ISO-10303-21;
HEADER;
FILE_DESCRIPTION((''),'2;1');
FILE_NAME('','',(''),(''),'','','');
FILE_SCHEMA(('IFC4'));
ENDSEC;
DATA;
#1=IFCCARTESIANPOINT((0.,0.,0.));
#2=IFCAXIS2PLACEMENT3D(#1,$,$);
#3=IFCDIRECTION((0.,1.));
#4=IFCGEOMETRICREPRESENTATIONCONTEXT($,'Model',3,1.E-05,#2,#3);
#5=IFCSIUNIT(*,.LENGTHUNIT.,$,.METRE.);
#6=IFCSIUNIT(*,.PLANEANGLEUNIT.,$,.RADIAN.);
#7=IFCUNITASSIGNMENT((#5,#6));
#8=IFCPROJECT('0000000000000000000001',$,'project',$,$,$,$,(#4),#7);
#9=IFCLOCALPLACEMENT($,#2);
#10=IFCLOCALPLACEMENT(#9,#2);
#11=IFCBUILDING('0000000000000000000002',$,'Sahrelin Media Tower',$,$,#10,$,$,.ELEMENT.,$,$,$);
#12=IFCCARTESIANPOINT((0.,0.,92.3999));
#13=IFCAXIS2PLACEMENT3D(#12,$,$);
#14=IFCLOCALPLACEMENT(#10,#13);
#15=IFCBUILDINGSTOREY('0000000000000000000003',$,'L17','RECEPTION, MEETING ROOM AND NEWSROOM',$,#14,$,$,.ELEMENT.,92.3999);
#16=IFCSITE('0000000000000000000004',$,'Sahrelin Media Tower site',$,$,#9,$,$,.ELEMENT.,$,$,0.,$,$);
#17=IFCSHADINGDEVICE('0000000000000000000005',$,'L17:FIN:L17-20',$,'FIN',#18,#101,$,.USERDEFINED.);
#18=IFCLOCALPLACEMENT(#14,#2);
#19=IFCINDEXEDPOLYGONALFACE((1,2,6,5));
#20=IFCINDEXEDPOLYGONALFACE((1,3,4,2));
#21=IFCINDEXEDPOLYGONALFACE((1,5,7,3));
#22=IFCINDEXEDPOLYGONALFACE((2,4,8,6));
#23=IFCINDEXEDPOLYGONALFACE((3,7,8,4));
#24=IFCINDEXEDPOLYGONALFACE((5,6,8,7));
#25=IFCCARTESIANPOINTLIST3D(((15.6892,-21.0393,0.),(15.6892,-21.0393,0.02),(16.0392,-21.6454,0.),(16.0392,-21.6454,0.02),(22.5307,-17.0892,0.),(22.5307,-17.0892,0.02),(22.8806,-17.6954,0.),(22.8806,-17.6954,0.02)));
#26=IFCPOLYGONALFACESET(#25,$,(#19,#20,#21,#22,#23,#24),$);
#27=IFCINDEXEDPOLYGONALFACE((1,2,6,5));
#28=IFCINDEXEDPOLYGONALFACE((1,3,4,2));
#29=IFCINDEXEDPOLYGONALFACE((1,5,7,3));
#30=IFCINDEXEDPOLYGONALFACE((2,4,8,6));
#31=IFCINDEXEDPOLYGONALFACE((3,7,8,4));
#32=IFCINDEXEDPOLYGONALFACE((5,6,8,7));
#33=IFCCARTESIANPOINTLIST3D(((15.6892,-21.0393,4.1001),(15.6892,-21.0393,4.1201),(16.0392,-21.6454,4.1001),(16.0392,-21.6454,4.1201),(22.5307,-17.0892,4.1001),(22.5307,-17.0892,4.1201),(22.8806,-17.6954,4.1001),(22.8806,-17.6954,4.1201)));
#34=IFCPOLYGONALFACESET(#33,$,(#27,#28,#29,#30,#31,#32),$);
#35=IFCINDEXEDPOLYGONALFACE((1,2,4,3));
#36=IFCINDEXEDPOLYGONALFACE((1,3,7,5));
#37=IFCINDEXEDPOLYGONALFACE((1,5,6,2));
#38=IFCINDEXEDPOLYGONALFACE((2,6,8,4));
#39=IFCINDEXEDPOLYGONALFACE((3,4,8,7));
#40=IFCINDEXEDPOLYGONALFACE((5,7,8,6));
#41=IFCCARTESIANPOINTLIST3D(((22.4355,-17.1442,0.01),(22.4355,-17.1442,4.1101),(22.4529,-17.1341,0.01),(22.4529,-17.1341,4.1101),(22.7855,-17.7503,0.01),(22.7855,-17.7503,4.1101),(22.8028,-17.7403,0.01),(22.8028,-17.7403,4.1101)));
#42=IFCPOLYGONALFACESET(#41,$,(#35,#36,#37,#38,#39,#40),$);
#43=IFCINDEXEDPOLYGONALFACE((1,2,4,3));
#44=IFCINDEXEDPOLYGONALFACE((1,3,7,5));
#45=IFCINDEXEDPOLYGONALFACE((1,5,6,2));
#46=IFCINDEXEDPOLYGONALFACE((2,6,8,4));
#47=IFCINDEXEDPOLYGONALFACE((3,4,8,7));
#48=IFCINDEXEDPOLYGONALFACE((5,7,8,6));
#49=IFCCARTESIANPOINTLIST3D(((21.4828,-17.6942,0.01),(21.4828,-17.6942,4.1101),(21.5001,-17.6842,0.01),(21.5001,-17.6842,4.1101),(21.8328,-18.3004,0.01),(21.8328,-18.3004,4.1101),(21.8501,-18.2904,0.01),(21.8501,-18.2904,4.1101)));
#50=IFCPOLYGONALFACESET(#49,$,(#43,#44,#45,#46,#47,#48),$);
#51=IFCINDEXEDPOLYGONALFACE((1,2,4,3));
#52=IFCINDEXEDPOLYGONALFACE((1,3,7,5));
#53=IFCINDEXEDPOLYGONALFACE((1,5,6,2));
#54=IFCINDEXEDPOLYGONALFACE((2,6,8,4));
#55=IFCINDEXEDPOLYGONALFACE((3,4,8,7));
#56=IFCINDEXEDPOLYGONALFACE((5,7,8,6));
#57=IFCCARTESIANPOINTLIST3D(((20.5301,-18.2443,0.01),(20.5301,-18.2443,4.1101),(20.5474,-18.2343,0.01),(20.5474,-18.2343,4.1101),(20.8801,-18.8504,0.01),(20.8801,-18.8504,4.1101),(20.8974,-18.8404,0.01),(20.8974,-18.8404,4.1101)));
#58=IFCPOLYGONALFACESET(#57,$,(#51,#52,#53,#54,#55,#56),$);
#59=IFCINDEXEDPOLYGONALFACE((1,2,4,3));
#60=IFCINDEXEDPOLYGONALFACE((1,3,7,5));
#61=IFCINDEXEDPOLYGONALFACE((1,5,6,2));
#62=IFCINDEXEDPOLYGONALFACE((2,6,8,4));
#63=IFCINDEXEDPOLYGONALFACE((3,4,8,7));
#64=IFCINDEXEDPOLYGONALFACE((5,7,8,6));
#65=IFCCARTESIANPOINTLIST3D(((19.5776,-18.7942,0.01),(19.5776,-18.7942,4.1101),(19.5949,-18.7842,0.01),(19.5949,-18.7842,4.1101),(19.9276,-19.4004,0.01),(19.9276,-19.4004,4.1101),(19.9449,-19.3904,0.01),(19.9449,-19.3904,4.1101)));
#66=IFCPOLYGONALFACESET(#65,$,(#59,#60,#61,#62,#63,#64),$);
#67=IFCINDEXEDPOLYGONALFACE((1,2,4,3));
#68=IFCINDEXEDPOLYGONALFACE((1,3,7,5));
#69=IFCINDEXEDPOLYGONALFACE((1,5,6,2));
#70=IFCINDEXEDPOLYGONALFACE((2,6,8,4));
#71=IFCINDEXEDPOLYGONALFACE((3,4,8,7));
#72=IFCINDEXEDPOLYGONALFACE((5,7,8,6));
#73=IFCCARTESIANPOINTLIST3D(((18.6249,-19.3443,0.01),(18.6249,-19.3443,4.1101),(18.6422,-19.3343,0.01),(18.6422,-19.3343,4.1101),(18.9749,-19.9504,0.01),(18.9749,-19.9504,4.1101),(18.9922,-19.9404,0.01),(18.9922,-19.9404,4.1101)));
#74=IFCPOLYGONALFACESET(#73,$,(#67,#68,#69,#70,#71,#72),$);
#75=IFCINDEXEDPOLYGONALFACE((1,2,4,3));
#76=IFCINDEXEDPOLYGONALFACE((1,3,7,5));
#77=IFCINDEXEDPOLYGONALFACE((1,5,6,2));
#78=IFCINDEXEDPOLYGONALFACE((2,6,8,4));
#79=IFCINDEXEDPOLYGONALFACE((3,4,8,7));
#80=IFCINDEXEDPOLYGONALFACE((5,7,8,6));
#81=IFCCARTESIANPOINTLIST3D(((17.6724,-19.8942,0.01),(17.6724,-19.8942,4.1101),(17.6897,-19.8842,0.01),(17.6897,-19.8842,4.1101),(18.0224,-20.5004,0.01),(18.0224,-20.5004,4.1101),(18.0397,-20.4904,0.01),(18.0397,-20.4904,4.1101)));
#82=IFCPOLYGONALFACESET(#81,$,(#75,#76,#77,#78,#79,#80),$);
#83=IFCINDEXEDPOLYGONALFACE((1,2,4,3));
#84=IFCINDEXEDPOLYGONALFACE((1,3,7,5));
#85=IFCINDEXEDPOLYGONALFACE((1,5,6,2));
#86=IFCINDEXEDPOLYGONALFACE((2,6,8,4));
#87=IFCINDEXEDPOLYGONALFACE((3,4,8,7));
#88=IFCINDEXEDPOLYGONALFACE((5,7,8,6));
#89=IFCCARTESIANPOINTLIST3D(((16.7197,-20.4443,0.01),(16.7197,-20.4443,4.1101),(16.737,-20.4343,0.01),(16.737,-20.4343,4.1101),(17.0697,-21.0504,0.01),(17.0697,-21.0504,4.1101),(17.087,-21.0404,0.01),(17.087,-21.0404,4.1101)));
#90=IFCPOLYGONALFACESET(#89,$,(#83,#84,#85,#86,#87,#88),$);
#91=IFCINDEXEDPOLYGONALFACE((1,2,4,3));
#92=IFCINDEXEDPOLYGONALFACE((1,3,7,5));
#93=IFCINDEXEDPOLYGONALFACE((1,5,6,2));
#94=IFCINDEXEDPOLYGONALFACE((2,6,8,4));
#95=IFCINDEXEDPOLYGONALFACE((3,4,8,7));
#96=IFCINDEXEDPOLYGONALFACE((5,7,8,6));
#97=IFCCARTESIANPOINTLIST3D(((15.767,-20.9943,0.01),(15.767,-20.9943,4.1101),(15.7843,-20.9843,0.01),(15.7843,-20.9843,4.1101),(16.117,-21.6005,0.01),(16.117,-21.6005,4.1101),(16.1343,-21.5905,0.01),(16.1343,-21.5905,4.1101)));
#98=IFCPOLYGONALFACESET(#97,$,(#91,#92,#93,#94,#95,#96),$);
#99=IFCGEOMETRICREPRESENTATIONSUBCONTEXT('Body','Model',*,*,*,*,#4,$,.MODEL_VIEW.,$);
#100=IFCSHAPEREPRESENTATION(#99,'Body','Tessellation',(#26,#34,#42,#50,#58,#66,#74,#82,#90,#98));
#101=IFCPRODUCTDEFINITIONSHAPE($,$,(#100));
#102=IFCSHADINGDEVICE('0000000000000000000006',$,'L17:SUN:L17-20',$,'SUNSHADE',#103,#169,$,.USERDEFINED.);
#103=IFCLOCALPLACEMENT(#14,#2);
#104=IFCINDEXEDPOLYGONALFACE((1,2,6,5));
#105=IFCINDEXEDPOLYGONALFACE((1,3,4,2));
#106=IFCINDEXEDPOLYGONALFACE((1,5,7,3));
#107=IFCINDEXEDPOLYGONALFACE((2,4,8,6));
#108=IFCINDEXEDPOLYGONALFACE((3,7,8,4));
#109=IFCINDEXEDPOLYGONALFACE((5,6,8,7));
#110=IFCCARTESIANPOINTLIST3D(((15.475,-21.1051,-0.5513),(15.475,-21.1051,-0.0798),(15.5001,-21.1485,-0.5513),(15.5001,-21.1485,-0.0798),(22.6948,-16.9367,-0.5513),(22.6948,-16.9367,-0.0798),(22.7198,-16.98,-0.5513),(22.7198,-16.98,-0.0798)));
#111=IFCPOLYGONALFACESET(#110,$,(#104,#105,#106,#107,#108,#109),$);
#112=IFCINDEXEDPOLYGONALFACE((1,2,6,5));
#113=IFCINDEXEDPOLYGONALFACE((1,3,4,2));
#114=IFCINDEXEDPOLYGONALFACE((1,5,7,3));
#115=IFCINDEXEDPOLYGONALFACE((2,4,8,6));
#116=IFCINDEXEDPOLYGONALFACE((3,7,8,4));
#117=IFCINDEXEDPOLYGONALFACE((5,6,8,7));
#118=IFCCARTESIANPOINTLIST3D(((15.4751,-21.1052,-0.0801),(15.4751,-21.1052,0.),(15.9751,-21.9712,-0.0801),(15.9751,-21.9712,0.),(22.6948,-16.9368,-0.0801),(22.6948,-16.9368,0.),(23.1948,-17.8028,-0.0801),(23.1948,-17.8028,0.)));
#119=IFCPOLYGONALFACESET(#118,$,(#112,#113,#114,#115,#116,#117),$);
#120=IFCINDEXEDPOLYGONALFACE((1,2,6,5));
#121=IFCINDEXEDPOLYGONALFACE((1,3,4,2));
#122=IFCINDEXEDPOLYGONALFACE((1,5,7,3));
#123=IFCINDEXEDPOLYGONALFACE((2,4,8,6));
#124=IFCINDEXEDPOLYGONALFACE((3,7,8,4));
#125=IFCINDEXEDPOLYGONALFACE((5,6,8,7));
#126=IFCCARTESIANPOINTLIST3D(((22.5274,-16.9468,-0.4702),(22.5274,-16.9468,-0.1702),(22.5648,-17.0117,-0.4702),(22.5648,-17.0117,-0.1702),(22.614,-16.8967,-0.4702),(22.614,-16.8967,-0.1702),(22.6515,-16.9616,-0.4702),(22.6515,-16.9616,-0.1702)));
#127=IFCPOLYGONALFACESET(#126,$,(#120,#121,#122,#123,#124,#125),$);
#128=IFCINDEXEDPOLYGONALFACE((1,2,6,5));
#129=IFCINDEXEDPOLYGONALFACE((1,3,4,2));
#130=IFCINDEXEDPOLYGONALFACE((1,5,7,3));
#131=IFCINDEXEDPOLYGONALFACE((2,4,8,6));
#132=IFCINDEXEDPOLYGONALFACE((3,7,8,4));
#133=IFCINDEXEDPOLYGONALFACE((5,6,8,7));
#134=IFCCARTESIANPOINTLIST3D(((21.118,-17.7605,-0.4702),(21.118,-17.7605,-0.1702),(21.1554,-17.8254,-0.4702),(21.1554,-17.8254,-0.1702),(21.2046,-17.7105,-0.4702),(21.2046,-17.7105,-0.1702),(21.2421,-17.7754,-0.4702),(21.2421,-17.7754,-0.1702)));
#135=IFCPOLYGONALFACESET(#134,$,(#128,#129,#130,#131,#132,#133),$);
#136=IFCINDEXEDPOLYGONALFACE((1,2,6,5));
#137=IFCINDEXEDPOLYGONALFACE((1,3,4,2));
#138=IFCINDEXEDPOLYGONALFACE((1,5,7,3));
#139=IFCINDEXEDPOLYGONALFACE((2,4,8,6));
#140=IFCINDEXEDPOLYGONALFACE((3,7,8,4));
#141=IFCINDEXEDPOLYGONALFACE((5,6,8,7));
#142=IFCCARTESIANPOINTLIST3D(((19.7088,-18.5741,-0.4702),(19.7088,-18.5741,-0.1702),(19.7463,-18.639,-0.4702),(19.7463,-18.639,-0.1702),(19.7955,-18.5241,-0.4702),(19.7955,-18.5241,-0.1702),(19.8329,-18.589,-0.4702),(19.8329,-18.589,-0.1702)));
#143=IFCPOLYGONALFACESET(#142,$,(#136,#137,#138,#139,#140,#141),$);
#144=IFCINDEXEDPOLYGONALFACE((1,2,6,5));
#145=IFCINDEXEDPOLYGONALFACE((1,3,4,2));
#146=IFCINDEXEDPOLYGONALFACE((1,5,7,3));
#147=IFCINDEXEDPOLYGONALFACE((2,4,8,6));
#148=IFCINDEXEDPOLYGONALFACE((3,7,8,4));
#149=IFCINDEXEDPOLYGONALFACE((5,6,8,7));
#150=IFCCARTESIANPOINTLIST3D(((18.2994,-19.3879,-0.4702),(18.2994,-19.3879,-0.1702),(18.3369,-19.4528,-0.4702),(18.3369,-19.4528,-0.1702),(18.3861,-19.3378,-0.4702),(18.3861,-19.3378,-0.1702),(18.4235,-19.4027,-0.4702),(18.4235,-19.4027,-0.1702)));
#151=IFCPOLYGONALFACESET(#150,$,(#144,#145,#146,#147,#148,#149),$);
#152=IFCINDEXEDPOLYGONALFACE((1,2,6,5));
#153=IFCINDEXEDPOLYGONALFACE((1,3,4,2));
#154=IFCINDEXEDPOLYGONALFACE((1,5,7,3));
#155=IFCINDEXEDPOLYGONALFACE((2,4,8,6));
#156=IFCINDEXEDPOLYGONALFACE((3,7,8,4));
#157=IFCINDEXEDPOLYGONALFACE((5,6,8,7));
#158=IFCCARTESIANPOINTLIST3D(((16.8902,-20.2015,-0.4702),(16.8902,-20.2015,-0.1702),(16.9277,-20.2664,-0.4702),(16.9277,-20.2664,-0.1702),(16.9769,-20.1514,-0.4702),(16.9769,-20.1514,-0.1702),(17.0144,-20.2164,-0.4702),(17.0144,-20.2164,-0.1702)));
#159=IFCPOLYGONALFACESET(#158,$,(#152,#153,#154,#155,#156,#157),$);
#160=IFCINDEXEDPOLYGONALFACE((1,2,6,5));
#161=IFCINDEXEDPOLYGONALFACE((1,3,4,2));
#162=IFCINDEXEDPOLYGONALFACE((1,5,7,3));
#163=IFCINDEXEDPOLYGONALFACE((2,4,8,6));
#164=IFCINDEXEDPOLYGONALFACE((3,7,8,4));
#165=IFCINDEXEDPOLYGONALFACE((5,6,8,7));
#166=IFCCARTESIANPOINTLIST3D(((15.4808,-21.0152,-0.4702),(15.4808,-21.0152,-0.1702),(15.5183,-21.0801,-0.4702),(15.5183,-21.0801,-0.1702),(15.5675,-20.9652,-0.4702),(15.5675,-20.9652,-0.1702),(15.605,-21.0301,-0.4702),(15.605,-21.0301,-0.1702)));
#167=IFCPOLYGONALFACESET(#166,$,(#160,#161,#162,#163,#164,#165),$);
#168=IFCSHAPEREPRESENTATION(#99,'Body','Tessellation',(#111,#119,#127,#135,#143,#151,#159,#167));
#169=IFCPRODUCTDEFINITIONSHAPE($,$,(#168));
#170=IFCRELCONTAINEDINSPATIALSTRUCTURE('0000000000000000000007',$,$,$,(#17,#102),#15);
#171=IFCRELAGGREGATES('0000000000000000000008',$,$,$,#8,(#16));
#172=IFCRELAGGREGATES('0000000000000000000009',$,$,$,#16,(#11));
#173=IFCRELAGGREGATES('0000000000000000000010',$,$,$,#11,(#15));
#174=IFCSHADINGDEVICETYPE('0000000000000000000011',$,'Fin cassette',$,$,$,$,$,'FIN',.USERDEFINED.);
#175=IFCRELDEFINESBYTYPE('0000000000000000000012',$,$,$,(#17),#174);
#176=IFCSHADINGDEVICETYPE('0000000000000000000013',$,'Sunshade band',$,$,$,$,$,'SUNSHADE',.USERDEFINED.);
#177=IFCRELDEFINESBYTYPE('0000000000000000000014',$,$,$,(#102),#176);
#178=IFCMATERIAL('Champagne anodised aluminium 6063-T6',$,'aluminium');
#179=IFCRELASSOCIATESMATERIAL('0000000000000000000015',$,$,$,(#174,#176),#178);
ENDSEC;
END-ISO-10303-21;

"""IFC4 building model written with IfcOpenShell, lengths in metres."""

from ifc_helpers import new_model, si_unit, direction, frame, origin, origin_2d, place, context, subcontext, project, spatial, rectangle, extrude, material, type_object, element, save


model = new_model("IFC4")

# Units and contexts
model_context = context("Model", 3, precision=1e-05, world=origin(), true_north=direction((0.0, 1.0)))
body_context = subcontext(model_context, "Body", "Model", "MODEL_VIEW")
ifc_project = project(units=[si_unit("LENGTHUNIT", "METRE"), si_unit("PLANEANGLEUNIT", "RADIAN")], contexts=[model_context])

# Site, building, storey
site_placement = place(None, origin())
site = spatial("IfcSite", under=ifc_project, at=site_placement, Name="Sahrelin Media Tower site", CompositionType="ELEMENT", RefElevation=0.0)
building_placement = place(site_placement, origin())
building = spatial("IfcBuilding", under=site, at=building_placement, Name="Sahrelin Media Tower", CompositionType="ELEMENT")
storey_placement = place(building_placement, frame((0.0, 0.0, 92.3999)))
storey = spatial("IfcBuildingStorey", under=building, at=storey_placement, Name="L17", Description="RECEPTION, MEETING ROOM AND NEWSROOM", CompositionType="ELEMENT", Elevation=92.3999)

# Shared definitions
ifc_material_1 = material(Name="Champagne anodised aluminium 6063-T6", Category="aluminium")

# Shading devices
shading_device_type_1 = type_object("IfcShadingDeviceType", Name="Fin cassette", ElementType="FIN", PredefinedType="USERDEFINED", material=ifc_material_1)
placement = place(storey_placement, frame((19.075, -19.0037, 0.0), z_axis=(0.0, 0.0, 1.0), x_axis=(-0.866019, -0.500011, 0.0)))
element("IfcShadingDevice", 1, at=placement, inside=storey, type_object=shading_device_type_1, Name="L17:FIN:L17-20", ObjectType="FIN", PredefinedType="USERDEFINED", context=body_context, shape_type="SweptSolid", body=[
    extrude(rectangle(XDim=7.8999, YDim=0.7, at=origin_2d()), frame((0.0, 0.4199, 0.0)), (0.0, 0.0, 1.0), 0.02),
    extrude(rectangle(XDim=7.8999, YDim=0.7, at=origin_2d()), frame((0.0, 0.4199, 4.1001)), (0.0, 0.0, 1.0), 0.02),
    extrude(rectangle(XDim=0.02, YDim=0.7, at=origin_2d()), frame((-3.8501, 0.4199, 0.01), z_axis=(0.0, 0.0, 1.0), x_axis=(1.0, 0.0, 0.0)), (0.0, 0.0, 1.0), 4.1001),
    extrude(rectangle(XDim=0.02, YDim=0.7, at=origin_2d()), frame((-2.75, 0.4199, 0.01), z_axis=(0.0, 0.0, 1.0), x_axis=(1.0, 0.0, 0.0)), (0.0, 0.0, 1.0), 4.1001),
    extrude(rectangle(XDim=0.02, YDim=0.7, at=origin_2d()), frame((-1.6499, 0.4199, 0.01), z_axis=(0.0, 0.0, 1.0), x_axis=(1.0, 0.0, 0.0)), (0.0, 0.0, 1.0), 4.1001),
    extrude(rectangle(XDim=0.02, YDim=0.7, at=origin_2d()), frame((-0.55, 0.4199, 0.01), z_axis=(0.0, 0.0, 1.0), x_axis=(1.0, 0.0, 0.0)), (0.0, 0.0, 1.0), 4.1001),
    extrude(rectangle(XDim=0.02, YDim=0.7, at=origin_2d()), frame((0.55, 0.4199, 0.01), z_axis=(0.0, 0.0, 1.0), x_axis=(1.0, 0.0, 0.0)), (0.0, 0.0, 1.0), 4.1001),
    extrude(rectangle(XDim=0.02, YDim=0.7, at=origin_2d()), frame((1.6499, 0.4199, 0.01), z_axis=(0.0, 0.0, 1.0), x_axis=(1.0, 0.0, 0.0)), (0.0, 0.0, 1.0), 4.1001),
    extrude(rectangle(XDim=0.02, YDim=0.7, at=origin_2d()), frame((2.75, 0.4199, 0.01), z_axis=(0.0, 0.0, 1.0), x_axis=(1.0, 0.0, 0.0)), (0.0, 0.0, 1.0), 4.1001),
    extrude(rectangle(XDim=0.02, YDim=0.7, at=origin_2d()), frame((3.8501, 0.4199, 0.01), z_axis=(0.0, 0.0, 1.0), x_axis=(1.0, 0.0, 0.0)), (0.0, 0.0, 1.0), 4.1001),
])
shading_device_type_2 = type_object("IfcShadingDeviceType", Name="Sunshade band", ElementType="SUNSHADE", PredefinedType="USERDEFINED", material=ifc_material_1)
element("IfcShadingDevice", 2, at=placement, inside=storey, type_object=shading_device_type_2, Name="L17:SUN:L17-20", ObjectType="SUNSHADE", PredefinedType="USERDEFINED", context=body_context, shape_type="SweptSolid", body=[
    extrude(rectangle(XDim=8.3367, YDim=0.05, at=origin_2d()), frame((0.0, 0.0449, -0.5513)), (0.0, 0.0, 1.0), 0.4714),
    extrude(rectangle(XDim=8.3367, YDim=1.0, at=origin_2d()), frame((0.0, 0.52, -0.0801)), (0.0, 0.0, 1.0), 0.0801),
    extrude(rectangle(XDim=0.1001, YDim=0.075, at=origin_2d()), frame((-4.0684, -0.0176, -0.4702)), (0.0, 0.0, 1.0), 0.3),
    extrude(rectangle(XDim=0.1001, YDim=0.075, at=origin_2d()), frame((-2.4409, -0.0176, -0.4702)), (0.0, 0.0, 1.0), 0.3),
    extrude(rectangle(XDim=0.1001, YDim=0.075, at=origin_2d()), frame((-0.8137, -0.0176, -0.4702)), (0.0, 0.0, 1.0), 0.3),
    extrude(rectangle(XDim=0.1001, YDim=0.075, at=origin_2d()), frame((0.8137, -0.0176, -0.4702)), (0.0, 0.0, 1.0), 0.3),
    extrude(rectangle(XDim=0.1001, YDim=0.075, at=origin_2d()), frame((2.4409, -0.0176, -0.4702)), (0.0, 0.0, 1.0), 0.3),
    extrude(rectangle(XDim=0.1001, YDim=0.075, at=origin_2d()), frame((4.0684, -0.0176, -0.4702)), (0.0, 0.0, 1.0), 0.3),
])

save(model, "model.ifc")
